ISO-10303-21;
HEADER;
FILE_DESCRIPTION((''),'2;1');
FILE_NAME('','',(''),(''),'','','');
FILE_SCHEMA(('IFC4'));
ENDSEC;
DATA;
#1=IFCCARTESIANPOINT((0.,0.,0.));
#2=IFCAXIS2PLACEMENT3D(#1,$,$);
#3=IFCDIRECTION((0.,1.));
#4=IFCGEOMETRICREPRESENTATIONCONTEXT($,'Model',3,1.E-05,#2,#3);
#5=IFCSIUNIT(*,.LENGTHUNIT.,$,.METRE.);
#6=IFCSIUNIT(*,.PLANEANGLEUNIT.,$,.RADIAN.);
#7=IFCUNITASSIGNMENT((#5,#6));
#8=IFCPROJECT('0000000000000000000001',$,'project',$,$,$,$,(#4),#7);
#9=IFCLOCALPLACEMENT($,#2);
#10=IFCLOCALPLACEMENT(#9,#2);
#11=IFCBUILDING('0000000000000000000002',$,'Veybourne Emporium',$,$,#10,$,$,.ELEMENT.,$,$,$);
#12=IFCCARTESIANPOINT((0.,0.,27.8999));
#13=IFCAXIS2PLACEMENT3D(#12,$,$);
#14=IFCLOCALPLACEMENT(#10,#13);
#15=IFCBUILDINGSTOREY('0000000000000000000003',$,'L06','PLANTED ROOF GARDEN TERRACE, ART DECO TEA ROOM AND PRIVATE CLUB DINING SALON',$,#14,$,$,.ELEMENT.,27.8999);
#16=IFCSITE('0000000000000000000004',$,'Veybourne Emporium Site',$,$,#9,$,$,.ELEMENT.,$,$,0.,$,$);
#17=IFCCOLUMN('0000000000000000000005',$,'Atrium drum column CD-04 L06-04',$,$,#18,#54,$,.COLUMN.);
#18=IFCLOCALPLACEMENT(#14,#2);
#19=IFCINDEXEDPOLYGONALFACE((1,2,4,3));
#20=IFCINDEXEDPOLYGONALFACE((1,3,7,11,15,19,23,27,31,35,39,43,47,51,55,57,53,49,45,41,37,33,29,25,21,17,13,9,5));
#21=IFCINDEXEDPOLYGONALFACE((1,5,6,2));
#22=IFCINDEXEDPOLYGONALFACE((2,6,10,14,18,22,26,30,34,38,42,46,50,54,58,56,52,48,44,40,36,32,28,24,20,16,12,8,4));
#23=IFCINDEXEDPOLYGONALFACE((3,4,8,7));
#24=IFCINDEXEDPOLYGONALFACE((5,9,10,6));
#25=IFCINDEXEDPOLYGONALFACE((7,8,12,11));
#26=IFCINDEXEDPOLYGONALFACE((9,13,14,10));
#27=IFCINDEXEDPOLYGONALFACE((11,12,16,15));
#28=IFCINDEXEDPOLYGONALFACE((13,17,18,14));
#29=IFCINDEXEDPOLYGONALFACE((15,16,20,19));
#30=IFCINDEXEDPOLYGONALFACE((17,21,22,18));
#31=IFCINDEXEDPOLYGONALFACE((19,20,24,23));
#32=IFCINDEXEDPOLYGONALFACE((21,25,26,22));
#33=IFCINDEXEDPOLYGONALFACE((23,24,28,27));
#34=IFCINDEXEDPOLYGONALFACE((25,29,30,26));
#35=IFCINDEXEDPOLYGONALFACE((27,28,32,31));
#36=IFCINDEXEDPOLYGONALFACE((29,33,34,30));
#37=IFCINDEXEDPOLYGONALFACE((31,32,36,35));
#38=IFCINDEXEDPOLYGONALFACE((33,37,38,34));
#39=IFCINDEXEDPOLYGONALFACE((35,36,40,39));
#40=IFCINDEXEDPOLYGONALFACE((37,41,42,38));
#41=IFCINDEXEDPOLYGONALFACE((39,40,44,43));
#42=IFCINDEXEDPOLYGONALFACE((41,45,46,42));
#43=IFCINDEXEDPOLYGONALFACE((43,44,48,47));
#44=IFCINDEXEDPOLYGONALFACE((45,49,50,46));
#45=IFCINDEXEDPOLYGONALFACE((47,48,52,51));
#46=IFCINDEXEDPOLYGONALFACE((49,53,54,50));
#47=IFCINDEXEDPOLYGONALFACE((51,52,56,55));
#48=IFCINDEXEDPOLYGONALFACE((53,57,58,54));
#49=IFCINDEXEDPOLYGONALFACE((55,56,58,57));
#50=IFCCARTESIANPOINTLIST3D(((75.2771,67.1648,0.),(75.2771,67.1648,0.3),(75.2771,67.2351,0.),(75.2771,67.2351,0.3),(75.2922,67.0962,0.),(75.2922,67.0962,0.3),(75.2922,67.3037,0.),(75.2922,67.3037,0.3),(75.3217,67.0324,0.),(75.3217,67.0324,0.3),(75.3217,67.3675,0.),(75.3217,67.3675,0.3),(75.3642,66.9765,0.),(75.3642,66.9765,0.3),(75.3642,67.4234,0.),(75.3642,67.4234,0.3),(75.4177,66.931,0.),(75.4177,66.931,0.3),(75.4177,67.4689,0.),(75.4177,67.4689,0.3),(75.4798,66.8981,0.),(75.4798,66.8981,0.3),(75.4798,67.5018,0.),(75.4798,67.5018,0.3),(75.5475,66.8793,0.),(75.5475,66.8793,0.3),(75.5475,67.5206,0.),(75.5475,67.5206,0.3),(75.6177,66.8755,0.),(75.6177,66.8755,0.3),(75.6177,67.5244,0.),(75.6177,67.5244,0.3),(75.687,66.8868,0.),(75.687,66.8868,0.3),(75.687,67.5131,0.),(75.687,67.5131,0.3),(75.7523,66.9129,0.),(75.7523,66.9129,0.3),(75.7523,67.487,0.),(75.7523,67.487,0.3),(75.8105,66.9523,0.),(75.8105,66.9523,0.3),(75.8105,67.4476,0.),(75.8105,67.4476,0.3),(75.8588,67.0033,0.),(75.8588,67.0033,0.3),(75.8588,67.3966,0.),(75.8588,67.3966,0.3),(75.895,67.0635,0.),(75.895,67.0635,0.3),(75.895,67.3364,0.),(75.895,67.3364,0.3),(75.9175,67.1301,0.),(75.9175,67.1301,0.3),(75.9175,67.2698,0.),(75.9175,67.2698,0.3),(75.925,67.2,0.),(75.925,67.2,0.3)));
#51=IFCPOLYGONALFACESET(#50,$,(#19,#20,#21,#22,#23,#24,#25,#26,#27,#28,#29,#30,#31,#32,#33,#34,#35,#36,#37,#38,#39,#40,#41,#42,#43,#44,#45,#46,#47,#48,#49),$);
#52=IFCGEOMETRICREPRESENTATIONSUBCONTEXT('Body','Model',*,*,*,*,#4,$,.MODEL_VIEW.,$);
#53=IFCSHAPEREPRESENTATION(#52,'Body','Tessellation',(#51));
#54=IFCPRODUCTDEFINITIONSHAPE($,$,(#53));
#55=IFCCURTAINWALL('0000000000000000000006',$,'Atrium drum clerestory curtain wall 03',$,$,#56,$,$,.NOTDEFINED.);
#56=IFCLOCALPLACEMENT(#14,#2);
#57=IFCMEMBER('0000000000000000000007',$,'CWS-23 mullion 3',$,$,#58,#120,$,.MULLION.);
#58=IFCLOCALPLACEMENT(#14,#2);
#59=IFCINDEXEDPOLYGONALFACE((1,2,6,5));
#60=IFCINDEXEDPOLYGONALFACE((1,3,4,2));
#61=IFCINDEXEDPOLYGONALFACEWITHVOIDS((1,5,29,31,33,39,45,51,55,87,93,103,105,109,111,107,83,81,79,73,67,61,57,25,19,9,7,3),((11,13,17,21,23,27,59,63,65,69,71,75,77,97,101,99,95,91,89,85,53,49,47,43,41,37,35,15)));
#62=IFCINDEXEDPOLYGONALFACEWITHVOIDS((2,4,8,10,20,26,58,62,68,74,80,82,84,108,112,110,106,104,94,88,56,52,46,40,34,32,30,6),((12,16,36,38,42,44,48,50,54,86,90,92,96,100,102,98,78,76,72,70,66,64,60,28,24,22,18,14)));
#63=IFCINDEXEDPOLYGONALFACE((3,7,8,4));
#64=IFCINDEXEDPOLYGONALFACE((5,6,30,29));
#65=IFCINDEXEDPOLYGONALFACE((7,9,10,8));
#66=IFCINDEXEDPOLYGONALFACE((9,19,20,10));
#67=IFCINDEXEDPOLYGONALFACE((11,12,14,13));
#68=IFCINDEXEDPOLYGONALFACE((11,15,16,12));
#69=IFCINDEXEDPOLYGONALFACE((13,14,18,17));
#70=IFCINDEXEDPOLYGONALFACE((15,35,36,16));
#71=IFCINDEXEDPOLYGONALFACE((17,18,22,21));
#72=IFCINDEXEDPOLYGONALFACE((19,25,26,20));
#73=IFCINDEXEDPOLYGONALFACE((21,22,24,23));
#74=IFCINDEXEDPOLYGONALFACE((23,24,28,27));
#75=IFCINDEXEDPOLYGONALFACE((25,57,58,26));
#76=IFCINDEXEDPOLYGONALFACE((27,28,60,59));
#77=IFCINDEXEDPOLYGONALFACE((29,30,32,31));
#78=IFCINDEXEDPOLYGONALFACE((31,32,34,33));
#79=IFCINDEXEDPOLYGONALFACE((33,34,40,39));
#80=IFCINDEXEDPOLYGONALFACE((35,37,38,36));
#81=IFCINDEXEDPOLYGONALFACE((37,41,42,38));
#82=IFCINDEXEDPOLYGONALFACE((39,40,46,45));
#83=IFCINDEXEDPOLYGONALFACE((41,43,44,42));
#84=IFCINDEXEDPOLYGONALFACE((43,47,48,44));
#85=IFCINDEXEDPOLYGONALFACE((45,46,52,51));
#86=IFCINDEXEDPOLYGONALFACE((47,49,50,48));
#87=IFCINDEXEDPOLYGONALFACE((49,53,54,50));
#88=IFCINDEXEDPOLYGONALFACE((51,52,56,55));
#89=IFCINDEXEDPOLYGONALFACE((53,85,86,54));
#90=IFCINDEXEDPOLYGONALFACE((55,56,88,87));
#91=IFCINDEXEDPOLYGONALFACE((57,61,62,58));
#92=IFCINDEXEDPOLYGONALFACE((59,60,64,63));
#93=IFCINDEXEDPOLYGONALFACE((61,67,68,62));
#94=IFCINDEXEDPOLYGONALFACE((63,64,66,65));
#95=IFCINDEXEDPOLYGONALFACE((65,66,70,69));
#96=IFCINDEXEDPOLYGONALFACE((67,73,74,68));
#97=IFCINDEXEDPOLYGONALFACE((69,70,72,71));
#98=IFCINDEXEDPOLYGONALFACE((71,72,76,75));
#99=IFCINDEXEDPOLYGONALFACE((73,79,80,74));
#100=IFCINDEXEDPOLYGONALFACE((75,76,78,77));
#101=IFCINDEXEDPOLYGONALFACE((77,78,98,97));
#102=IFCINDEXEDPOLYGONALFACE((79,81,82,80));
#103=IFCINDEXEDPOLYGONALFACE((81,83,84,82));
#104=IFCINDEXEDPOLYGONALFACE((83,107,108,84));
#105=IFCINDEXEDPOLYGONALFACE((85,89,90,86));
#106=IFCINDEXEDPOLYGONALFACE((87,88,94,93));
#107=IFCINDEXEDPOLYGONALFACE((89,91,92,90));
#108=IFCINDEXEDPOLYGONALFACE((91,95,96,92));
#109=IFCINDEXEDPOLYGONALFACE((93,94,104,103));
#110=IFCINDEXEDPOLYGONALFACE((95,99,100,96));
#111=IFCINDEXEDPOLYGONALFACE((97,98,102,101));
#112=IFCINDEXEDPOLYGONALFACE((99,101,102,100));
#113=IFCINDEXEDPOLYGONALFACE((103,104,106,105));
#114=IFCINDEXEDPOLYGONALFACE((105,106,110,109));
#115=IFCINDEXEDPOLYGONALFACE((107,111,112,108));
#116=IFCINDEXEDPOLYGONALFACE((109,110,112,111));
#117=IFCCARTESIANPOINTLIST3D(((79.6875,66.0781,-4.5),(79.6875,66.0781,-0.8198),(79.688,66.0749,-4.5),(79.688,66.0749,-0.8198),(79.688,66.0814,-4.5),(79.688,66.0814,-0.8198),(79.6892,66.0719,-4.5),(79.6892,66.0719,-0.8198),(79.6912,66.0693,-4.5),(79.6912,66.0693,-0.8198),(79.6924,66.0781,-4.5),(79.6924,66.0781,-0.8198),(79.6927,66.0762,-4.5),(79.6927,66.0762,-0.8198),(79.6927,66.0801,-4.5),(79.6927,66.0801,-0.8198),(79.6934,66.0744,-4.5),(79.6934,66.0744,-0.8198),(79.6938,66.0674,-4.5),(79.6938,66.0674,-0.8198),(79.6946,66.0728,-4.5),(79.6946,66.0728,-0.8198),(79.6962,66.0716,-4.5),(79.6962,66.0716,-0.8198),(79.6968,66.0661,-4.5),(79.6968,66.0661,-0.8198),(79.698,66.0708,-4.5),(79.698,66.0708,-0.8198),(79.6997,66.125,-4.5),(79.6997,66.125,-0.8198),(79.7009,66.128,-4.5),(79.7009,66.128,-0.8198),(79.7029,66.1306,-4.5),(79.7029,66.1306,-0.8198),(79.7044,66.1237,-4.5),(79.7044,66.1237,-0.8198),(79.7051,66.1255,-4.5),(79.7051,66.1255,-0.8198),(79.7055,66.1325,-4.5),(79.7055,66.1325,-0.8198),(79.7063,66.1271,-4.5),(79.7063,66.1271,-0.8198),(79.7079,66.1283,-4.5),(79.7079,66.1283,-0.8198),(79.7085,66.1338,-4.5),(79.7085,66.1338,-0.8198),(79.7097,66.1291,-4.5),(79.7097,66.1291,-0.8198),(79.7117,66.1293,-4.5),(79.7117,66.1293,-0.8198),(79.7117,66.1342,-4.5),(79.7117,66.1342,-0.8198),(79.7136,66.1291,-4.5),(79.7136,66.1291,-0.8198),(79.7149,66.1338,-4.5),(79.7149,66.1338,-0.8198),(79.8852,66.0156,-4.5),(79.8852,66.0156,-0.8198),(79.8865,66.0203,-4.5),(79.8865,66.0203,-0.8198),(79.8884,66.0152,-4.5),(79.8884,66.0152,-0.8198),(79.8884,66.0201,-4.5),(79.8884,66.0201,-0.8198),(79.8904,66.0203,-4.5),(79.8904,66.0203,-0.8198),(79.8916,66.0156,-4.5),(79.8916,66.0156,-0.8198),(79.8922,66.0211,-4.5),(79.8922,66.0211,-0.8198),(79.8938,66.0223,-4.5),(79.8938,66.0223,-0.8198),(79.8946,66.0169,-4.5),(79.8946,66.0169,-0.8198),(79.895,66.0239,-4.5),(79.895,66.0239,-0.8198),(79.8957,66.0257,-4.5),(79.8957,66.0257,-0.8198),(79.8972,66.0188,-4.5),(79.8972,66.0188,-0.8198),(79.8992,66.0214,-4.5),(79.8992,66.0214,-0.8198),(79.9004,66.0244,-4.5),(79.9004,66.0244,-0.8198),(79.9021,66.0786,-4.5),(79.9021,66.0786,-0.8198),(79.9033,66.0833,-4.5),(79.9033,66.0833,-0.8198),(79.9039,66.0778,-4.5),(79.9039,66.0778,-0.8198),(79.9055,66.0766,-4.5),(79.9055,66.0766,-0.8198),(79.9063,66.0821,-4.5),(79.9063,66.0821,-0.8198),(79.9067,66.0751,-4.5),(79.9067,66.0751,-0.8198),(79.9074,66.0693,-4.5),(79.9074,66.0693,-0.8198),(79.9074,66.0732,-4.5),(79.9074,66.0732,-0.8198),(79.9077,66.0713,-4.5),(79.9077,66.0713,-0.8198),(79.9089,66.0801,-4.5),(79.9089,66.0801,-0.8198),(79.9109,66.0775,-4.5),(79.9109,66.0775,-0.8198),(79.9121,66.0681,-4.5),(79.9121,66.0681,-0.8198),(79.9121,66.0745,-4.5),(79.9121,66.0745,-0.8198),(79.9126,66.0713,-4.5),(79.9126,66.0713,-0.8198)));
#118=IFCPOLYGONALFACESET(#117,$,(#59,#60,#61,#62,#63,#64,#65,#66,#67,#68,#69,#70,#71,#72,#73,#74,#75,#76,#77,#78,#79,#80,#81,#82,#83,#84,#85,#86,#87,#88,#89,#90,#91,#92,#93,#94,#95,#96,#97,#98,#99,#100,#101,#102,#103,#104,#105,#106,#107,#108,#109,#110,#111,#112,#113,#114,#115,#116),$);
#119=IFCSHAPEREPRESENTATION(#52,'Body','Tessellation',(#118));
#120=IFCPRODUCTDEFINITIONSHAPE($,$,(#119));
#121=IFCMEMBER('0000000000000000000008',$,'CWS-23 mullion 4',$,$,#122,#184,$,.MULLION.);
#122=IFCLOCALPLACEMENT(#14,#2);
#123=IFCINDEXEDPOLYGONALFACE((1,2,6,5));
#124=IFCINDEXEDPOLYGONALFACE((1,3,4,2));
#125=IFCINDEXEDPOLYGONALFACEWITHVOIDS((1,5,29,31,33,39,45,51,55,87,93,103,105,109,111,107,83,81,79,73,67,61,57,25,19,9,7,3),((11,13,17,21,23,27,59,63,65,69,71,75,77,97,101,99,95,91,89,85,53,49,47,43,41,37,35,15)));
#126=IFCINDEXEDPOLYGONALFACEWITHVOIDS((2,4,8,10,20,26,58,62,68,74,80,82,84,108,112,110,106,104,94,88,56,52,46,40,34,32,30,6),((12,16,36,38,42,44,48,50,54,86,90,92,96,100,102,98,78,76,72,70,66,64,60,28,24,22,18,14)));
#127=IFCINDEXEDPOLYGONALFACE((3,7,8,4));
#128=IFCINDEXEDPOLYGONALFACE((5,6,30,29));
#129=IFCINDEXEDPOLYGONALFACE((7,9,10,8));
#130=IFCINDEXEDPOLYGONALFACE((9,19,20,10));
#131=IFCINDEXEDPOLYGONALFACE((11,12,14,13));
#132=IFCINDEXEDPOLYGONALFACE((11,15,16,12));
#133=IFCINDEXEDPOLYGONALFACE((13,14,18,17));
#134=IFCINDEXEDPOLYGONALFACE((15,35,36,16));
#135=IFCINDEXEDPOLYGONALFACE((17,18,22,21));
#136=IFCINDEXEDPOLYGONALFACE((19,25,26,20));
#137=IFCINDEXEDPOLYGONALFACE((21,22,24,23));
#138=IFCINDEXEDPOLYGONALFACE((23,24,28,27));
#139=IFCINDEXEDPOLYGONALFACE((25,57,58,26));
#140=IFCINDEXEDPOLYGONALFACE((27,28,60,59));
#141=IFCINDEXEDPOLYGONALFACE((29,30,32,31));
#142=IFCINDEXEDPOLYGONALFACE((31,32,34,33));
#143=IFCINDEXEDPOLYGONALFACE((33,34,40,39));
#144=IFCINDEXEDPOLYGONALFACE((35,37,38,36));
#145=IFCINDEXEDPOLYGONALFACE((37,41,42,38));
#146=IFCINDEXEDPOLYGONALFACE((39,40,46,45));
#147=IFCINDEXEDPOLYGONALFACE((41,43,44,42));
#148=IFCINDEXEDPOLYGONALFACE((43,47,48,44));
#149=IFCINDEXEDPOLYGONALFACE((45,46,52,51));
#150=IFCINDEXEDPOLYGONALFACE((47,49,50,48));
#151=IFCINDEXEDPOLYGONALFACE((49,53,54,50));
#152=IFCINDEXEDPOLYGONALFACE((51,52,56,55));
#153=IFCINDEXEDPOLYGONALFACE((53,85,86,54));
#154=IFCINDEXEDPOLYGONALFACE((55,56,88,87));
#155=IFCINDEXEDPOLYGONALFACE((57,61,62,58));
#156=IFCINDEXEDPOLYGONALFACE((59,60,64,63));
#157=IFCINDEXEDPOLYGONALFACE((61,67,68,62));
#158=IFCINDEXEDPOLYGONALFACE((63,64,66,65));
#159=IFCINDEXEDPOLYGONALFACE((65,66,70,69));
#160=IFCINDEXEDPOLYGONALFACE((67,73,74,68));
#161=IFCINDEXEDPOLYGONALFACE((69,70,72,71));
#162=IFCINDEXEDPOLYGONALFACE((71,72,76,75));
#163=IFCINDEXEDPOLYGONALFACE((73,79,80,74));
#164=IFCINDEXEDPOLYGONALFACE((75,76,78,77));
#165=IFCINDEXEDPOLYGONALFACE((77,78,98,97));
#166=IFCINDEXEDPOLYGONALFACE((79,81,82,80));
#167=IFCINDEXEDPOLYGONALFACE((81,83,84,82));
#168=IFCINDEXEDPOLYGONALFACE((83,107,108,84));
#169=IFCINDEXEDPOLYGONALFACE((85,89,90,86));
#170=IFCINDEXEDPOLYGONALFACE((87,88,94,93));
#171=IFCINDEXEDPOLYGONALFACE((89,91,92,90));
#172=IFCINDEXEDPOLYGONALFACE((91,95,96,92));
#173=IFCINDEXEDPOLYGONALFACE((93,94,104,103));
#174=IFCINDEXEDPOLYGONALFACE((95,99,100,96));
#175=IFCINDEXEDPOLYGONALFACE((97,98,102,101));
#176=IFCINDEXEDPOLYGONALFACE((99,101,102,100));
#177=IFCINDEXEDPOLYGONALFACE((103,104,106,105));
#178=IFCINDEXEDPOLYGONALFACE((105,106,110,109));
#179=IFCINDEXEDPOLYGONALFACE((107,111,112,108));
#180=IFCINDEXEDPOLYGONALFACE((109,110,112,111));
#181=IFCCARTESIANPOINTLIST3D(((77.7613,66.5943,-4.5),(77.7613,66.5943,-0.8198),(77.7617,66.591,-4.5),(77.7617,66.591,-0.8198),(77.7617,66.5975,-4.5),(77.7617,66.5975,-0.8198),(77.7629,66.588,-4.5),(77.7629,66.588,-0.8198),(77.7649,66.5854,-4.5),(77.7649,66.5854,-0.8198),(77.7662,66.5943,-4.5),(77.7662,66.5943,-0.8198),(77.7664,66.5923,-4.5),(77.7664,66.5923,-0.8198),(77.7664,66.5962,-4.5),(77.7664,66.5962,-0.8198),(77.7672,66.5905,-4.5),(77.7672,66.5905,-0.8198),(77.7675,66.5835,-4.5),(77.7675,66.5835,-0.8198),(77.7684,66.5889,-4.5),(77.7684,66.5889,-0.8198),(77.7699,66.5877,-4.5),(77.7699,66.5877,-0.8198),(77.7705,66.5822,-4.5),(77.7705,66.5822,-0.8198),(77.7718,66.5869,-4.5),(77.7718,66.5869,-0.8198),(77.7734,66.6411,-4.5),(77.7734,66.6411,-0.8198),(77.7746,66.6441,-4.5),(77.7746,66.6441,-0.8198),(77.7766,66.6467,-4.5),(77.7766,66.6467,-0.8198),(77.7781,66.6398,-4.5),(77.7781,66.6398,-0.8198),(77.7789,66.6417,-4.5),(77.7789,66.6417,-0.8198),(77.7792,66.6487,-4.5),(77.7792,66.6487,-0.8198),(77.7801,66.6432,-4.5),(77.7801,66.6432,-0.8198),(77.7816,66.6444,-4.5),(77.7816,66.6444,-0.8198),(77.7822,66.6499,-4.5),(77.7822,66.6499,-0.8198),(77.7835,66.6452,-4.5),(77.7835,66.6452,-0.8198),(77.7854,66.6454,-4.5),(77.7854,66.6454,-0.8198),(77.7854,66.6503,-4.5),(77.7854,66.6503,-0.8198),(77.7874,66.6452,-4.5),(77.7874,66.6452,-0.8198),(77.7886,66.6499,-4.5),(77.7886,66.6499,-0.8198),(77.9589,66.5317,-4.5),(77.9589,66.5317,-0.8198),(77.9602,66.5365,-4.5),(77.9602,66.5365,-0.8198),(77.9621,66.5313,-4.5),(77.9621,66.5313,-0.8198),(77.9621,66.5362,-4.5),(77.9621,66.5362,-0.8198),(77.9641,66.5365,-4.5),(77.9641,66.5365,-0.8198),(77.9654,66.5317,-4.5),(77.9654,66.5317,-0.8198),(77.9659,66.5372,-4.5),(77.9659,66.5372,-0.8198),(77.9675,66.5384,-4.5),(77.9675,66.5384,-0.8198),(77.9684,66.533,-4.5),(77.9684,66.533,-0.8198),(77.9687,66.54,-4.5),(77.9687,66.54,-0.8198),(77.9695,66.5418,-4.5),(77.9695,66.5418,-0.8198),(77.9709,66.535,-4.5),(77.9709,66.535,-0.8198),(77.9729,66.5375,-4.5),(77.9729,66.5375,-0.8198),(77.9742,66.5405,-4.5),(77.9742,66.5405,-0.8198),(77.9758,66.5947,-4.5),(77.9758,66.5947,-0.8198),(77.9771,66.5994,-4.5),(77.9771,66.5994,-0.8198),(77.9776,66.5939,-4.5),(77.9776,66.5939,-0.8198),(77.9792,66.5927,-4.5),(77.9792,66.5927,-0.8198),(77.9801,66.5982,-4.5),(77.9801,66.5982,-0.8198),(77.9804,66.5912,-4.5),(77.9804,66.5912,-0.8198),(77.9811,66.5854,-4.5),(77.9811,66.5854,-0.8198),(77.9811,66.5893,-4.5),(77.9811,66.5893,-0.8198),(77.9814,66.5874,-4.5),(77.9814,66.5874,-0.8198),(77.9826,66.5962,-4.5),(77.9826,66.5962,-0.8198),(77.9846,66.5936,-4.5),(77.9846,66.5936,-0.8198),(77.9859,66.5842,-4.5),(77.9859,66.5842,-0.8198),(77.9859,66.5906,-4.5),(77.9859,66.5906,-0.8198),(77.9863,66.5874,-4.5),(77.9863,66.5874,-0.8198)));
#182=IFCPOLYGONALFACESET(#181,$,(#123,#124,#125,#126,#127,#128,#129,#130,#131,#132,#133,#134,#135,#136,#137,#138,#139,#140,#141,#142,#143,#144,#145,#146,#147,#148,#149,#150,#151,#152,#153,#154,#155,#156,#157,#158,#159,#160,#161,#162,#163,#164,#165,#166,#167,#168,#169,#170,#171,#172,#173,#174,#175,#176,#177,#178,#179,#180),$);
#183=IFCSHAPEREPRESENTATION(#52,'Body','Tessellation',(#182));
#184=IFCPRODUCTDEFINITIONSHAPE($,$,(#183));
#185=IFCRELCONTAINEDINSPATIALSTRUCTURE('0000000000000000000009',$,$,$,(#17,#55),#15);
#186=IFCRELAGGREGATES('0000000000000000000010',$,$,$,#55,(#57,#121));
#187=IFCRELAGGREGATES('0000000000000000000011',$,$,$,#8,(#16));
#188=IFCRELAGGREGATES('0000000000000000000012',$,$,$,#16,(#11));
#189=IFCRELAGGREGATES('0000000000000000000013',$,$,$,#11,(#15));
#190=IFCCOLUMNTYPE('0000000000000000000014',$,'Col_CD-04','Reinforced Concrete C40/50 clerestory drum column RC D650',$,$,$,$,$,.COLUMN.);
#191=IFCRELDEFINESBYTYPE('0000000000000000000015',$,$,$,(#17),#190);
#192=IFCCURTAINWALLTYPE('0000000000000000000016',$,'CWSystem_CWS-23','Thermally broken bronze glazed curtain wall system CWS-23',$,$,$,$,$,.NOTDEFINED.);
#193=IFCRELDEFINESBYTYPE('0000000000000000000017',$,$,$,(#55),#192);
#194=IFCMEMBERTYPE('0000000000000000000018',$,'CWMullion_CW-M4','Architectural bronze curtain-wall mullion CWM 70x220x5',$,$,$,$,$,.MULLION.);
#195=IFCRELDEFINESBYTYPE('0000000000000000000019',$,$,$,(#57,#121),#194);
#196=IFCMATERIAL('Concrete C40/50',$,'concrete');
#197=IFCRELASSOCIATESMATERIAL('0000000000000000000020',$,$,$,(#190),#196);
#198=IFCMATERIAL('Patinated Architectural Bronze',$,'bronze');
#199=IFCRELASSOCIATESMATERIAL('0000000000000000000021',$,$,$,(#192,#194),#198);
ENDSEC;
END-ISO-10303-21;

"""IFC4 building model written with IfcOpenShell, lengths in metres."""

from ifc_helpers import new_model, si_unit, direction, frame, origin, origin_2d, place, context, subcontext, project, spatial, hollow_rectangle, circle, extrude, material, material_profile, profile_set, type_object, element, aggregate, save


model = new_model("IFC4")

# Units and contexts
model_context = context("Model", 3, precision=1e-05, world=origin(), true_north=direction((0.0, 1.0)))
body_context = subcontext(model_context, "Body", "Model", "MODEL_VIEW")
ifc_project = project(units=[si_unit("LENGTHUNIT", "METRE"), si_unit("PLANEANGLEUNIT", "RADIAN")], contexts=[model_context])

# Site, building, storey
site_placement = place(None, origin())
site = spatial("IfcSite", under=ifc_project, at=site_placement, Name="Veybourne Emporium Site", CompositionType="ELEMENT", RefElevation=0.0)
building_placement = place(site_placement, origin())
building = spatial("IfcBuilding", under=site, at=building_placement, Name="Veybourne Emporium", CompositionType="ELEMENT")
storey_placement = place(building_placement, frame((0.0, 0.0, 27.8999)))
storey = spatial("IfcBuildingStorey", under=building, at=storey_placement, Name="L06", Description="PLANTED ROOF GARDEN TERRACE, ART DECO TEA ROOM AND PRIVATE CLUB DINING SALON", CompositionType="ELEMENT", Elevation=27.8999)

# Column
ifc_material_1 = material(Name="Concrete C40/50", Category="concrete")
ifc_material_profile_1 = material_profile(ifc_material_1, circle(Radius=0.325, at=origin_2d()), Name="RC D650")
ifc_profile_set_1 = profile_set([ifc_material_profile_1], Name="Concrete C40/50")
column_type = type_object("IfcColumnType", Name="Col_CD-04", Description="Reinforced Concrete C40/50 clerestory drum column RC D650", PredefinedType="COLUMN", material=ifc_profile_set_1)
column_placement = place(storey_placement, frame((75.6001, 67.2, 0.0), z_axis=(0.0, 0.0, 1.0), x_axis=(1.0, 0.0, 0.0)))
element("IfcColumn", 1, at=column_placement, inside=storey, type_object=column_type, Name="Atrium drum column CD-04 L06-04", PredefinedType="COLUMN", context=body_context, shape_type="SweptSolid", body=[
    extrude(circle(Radius=0.325, at=origin_2d()), origin(), (0.0, 0.0, 1.0), 0.3),
])

# Curtain wall, members
ifc_material_2 = material(Name="Patinated Architectural Bronze", Category="bronze")
curtain_wall_type_1 = type_object("IfcCurtainWallType", Name="CWSystem_CWS-23", Description="Thermally broken bronze glazed curtain wall system CWS-23", PredefinedType="NOTDEFINED", material=ifc_material_2)
curtain_wall_1_placement = place(storey_placement, origin())
curtain_wall_1 = element("IfcCurtainWall", 2, at=curtain_wall_1_placement, inside=storey, type_object=curtain_wall_type_1, Name="Atrium drum clerestory curtain wall 03", PredefinedType="NOTDEFINED")
ifc_material_profile_2 = material_profile(ifc_material_2, hollow_rectangle(XDim=0.0701, YDim=0.22, WallThickness=0.0049, InnerFilletRadius=0.0076, OuterFilletRadius=0.0125, at=origin_2d()), Name="CWM 70x220x5")
ifc_profile_set_2 = profile_set([ifc_material_profile_2], Name="Patinated Architectural Bronze")
member_type_1 = type_object("IfcMemberType", Name="CWMullion_CW-M4", Description="Architectural bronze curtain-wall mullion CWM 70x220x5", PredefinedType="MULLION", material=ifc_profile_set_2)
member_1_placement = place(storey_placement, frame((79.8, 66.0747, -4.5), z_axis=(0.0, 0.0, 1.0), x_axis=(-0.25882, -0.965926, 0.0)))
member_1 = element("IfcMember", 3, at=member_1_placement, type_object=member_type_1, Name="CWS-23 mullion 3", PredefinedType="MULLION", context=body_context, shape_type="SweptSolid", body=[
    extrude(hollow_rectangle(XDim=0.0701, YDim=0.22, WallThickness=0.0049, InnerFilletRadius=0.0076, OuterFilletRadius=0.0125, at=origin_2d()), origin(), (0.0, 0.0, 1.0), 3.6802),
])
member_2_placement = place(storey_placement, frame((77.8738, 66.5908, -4.5), z_axis=(0.0, 0.0, 1.0), x_axis=(-0.25882, -0.965926, 0.0)))
member_2 = element("IfcMember", 4, at=member_2_placement, type_object=member_type_1, Name="CWS-23 mullion 4", PredefinedType="MULLION", context=body_context, shape_type="SweptSolid", body=[
    extrude(hollow_rectangle(XDim=0.0701, YDim=0.22, WallThickness=0.0049, InnerFilletRadius=0.0076, OuterFilletRadius=0.0125, at=origin_2d()), origin(), (0.0, 0.0, 1.0), 3.6802),
])

aggregate(curtain_wall_1, [member_1, member_2])

save(model, "model.ifc")
